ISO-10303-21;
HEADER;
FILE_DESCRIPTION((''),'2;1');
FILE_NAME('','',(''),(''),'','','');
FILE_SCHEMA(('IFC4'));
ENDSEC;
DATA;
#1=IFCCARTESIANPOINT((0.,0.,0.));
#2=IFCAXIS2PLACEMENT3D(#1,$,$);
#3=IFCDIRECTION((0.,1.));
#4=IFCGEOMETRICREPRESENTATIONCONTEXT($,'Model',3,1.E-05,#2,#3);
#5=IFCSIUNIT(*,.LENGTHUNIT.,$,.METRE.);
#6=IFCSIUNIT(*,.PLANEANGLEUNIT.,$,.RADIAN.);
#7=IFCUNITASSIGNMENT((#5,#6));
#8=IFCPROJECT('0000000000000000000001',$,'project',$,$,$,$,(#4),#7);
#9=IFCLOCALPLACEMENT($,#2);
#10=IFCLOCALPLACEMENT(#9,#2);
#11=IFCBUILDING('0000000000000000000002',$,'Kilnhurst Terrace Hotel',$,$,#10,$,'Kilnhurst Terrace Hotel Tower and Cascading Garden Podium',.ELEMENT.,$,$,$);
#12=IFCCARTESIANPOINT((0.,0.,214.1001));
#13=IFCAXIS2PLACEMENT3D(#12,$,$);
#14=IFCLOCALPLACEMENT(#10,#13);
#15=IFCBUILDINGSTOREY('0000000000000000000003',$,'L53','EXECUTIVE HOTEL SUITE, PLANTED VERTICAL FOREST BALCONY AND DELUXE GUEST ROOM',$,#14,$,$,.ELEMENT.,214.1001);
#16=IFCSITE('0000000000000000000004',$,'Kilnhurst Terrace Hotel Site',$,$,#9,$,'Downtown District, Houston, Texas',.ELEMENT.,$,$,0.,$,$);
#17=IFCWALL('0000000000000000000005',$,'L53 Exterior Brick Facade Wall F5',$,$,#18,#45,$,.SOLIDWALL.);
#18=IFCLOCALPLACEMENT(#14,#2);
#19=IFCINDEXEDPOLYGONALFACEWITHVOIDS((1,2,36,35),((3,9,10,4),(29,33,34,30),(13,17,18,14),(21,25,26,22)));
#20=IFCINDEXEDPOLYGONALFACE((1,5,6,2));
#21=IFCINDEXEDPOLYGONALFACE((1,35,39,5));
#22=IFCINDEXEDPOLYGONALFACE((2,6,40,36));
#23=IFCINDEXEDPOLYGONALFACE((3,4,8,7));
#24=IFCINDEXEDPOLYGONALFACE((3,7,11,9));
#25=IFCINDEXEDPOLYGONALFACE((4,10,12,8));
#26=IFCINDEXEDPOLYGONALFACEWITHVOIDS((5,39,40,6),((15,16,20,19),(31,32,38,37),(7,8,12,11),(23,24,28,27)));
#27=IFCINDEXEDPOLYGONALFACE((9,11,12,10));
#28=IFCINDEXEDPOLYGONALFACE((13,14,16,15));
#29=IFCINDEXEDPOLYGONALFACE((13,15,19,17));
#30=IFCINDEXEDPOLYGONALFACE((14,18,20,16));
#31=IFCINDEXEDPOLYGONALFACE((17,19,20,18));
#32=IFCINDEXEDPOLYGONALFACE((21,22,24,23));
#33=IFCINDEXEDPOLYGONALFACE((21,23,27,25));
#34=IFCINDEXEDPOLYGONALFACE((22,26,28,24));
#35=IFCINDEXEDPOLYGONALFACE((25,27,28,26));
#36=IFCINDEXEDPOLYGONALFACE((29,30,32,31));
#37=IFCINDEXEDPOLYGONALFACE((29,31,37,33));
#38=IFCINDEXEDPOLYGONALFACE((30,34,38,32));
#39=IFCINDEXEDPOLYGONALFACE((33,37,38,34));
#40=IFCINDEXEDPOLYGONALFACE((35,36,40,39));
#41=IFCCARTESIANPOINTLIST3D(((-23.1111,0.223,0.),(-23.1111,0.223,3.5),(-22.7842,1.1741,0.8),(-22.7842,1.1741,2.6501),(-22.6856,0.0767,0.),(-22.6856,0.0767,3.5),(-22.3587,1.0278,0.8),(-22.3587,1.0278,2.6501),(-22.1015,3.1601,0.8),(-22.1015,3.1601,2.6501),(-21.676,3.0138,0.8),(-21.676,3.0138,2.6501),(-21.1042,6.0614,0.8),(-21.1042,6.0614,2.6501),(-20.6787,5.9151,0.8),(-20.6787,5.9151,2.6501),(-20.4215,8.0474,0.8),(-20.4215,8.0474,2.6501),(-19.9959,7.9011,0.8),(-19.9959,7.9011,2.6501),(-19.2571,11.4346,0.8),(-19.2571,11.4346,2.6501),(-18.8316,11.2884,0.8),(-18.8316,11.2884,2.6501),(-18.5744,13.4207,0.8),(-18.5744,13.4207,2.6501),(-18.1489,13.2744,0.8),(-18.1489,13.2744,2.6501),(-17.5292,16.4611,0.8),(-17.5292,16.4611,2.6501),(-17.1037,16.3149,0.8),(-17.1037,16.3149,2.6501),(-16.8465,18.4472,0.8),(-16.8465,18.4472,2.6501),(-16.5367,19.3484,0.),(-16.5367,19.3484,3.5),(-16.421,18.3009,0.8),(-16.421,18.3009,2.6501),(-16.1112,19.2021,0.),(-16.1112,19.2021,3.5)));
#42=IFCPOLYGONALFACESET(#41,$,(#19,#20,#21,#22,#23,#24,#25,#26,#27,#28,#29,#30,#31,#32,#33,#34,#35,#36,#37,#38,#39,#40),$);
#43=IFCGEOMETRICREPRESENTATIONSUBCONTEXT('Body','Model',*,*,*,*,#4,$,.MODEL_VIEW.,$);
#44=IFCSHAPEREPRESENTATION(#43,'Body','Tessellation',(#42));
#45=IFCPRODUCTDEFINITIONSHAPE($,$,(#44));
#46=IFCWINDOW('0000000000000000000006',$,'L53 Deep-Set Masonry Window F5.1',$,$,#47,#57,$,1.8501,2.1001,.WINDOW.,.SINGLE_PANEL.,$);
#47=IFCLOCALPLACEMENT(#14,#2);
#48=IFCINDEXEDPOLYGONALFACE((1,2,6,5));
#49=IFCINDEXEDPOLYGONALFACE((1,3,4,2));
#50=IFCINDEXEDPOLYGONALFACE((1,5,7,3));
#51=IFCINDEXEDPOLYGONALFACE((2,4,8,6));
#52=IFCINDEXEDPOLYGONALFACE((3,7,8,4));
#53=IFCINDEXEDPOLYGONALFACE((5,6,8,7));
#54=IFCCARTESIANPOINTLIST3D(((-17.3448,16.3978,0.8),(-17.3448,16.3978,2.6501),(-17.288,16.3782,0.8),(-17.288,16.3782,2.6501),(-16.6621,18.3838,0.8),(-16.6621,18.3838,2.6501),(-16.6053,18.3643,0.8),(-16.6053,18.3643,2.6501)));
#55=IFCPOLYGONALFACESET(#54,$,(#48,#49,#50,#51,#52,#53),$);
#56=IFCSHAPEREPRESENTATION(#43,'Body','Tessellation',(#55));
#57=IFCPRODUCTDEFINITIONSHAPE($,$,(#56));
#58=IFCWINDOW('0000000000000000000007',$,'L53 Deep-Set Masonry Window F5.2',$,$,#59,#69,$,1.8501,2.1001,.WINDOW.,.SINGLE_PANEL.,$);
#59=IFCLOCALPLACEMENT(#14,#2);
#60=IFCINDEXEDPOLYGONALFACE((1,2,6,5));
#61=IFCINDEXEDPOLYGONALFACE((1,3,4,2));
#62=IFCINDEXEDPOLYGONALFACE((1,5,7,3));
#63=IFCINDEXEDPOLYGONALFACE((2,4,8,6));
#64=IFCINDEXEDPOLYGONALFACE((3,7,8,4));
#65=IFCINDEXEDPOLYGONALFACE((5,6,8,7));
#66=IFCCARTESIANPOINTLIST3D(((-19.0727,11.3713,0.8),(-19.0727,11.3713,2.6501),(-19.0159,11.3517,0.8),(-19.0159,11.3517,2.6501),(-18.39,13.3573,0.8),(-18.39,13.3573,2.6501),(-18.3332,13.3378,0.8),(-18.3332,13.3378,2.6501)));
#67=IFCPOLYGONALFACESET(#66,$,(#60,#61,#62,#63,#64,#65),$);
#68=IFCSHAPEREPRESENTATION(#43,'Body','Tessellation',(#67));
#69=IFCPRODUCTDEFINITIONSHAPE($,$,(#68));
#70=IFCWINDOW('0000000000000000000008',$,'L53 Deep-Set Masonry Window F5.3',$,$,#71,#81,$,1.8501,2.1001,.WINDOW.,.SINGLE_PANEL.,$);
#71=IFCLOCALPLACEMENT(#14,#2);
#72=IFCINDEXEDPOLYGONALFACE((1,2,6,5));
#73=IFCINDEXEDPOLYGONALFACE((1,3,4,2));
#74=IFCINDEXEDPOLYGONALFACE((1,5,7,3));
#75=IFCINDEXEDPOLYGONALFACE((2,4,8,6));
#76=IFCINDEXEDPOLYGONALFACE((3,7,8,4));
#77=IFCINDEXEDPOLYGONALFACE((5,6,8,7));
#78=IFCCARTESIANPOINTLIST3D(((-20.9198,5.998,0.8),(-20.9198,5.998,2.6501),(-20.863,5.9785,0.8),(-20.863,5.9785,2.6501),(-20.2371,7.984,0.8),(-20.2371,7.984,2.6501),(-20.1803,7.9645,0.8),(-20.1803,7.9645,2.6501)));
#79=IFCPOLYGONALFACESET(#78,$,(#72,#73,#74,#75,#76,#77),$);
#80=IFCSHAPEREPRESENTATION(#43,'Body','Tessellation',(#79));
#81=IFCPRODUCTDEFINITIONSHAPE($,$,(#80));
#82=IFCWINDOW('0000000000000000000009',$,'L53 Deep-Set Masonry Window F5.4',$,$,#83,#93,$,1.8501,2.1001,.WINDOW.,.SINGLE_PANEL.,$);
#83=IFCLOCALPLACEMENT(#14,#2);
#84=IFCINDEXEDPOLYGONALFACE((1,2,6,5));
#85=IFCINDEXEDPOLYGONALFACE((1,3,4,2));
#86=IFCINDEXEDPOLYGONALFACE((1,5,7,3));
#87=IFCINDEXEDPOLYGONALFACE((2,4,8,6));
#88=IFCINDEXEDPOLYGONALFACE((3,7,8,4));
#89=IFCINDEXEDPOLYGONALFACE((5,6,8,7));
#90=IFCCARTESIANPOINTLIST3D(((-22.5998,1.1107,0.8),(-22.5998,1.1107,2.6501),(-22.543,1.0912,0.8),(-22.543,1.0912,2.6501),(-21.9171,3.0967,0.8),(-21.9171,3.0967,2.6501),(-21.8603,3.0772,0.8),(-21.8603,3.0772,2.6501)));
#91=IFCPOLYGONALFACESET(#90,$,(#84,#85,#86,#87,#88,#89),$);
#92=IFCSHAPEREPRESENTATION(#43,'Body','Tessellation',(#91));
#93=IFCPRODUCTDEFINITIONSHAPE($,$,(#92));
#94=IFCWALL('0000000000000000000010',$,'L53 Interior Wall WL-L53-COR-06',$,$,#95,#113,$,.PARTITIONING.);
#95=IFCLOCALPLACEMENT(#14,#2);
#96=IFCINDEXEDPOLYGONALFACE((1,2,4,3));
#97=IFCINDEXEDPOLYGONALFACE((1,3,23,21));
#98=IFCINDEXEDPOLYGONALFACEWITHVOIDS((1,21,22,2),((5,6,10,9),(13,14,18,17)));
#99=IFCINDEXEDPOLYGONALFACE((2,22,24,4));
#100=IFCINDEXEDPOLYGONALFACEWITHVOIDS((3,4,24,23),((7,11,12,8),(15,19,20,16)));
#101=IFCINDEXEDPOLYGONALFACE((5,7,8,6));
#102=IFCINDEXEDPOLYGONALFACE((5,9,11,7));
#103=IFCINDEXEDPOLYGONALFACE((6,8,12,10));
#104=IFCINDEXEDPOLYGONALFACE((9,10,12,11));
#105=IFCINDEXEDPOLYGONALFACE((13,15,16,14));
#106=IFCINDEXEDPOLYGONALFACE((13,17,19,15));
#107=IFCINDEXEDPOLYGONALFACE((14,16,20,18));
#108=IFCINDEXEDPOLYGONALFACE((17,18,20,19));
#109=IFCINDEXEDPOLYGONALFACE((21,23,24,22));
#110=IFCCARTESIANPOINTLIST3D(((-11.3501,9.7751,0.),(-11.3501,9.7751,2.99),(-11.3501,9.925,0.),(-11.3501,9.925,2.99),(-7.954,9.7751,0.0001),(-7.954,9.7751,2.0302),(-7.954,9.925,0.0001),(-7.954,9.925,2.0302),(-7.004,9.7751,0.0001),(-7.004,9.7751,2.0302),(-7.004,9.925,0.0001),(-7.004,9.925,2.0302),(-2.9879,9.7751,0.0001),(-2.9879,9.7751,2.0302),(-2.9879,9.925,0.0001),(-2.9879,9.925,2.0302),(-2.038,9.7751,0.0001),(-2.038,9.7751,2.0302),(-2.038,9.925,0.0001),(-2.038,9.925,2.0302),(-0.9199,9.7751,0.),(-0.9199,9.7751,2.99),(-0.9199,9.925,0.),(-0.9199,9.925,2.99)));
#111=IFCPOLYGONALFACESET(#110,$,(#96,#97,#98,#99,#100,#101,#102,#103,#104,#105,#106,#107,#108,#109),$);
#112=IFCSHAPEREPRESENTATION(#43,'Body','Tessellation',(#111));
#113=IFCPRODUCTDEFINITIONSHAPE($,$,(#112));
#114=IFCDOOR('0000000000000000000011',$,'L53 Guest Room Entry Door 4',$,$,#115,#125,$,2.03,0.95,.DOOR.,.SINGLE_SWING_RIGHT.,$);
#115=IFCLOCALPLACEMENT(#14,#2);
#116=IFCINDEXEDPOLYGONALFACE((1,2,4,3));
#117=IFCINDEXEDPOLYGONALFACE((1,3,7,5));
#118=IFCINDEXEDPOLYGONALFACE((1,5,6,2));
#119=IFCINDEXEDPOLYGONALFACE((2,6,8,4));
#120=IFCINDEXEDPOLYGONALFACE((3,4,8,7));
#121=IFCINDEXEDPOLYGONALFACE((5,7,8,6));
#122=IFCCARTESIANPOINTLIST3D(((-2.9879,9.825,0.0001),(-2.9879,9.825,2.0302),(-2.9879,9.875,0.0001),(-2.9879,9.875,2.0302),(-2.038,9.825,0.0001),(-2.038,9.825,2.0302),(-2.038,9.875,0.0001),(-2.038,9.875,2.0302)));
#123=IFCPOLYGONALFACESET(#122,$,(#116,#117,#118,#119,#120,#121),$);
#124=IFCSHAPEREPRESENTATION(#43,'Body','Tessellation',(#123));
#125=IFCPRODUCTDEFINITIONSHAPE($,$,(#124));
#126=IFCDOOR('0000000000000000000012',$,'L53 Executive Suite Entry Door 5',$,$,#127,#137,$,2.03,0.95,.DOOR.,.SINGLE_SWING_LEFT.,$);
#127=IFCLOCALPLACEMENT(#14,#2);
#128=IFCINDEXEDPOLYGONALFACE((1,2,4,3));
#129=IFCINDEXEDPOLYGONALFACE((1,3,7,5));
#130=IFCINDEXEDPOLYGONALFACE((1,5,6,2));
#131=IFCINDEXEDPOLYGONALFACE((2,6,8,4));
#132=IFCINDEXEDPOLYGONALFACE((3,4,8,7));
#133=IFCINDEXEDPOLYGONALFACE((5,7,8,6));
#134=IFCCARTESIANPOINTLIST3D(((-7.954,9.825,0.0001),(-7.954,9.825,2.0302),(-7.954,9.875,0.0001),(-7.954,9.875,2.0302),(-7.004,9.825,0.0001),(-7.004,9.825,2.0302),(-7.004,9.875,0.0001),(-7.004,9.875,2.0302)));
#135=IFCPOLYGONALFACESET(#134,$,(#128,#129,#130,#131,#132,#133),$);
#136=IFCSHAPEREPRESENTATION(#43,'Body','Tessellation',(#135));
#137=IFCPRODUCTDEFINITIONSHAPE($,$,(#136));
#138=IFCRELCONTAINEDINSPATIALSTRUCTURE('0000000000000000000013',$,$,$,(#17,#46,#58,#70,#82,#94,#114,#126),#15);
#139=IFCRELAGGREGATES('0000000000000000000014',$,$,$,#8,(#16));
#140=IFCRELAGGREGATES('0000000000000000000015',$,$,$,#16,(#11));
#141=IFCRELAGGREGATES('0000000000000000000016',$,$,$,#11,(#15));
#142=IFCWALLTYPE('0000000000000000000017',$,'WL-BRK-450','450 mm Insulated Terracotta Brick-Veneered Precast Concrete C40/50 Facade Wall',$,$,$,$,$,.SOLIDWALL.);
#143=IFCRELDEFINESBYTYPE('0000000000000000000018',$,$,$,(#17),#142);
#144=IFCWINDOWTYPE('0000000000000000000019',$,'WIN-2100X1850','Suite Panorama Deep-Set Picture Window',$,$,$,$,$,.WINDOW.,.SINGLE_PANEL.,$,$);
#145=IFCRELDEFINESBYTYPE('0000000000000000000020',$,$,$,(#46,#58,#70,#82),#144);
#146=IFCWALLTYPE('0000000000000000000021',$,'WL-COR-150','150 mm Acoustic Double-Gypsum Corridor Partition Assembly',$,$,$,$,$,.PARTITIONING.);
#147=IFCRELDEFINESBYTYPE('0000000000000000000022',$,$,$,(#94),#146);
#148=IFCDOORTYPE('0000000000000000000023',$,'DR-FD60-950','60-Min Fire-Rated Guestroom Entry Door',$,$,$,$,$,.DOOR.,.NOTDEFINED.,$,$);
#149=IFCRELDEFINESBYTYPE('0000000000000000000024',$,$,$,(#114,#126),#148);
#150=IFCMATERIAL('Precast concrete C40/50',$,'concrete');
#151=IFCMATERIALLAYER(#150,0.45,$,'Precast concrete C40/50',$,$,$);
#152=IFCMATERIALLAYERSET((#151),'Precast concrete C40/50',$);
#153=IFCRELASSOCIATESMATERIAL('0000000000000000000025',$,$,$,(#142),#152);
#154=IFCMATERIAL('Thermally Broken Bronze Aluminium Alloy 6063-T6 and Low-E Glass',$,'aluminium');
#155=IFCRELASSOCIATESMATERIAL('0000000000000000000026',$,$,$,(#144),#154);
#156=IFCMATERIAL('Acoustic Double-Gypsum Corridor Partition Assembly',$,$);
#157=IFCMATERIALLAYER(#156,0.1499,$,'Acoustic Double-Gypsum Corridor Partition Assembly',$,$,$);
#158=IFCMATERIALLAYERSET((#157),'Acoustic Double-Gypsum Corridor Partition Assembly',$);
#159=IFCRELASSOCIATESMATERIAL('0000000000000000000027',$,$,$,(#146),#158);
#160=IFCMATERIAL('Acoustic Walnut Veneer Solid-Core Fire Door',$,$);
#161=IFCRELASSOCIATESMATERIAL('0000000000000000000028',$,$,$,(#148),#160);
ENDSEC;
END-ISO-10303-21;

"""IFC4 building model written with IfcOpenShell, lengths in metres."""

from ifc_helpers import new_model, si_unit, direction, frame, frame_2d, origin, place, context, subcontext, project, spatial, rectangle, extrude, material, layer, layer_set, type_object, element, fill, save


model = new_model("IFC4")

# Units and contexts
model_context = context("Model", 3, precision=1e-05, world=origin(), true_north=direction((0.0, 1.0)))
body_context = subcontext(model_context, "Body", "Model", "MODEL_VIEW")
ifc_project = project(units=[si_unit("LENGTHUNIT", "METRE"), si_unit("PLANEANGLEUNIT", "RADIAN")], contexts=[model_context])

# Site, building, storey
site_placement = place(None, origin())
site = spatial("IfcSite", under=ifc_project, at=site_placement, Name="Kilnhurst Terrace Hotel Site", LongName="Downtown District, Houston, Texas", CompositionType="ELEMENT", RefElevation=0.0)
building_placement = place(site_placement, origin())
building = spatial("IfcBuilding", under=site, at=building_placement, Name="Kilnhurst Terrace Hotel", LongName="Kilnhurst Terrace Hotel Tower and Cascading Garden Podium", CompositionType="ELEMENT")
storey_placement = place(building_placement, frame((0.0, 0.0, 214.1001)))
storey = spatial("IfcBuildingStorey", under=building, at=storey_placement, Name="L53", Description="EXECUTIVE HOTEL SUITE, PLANTED VERTICAL FOREST BALCONY AND DELUXE GUEST ROOM", CompositionType="ELEMENT", Elevation=214.1001)

# Shared definitions
ifc_material_1 = material(Name="Precast concrete C40/50", Category="concrete")
ifc_layer_1 = layer(ifc_material_1, 0.45, Name="Precast concrete C40/50")
ifc_layer_set_1 = layer_set([ifc_layer_1], Name="Precast concrete C40/50")
wall_type_1 = type_object("IfcWallType", Name="WL-BRK-450", Description="450 mm Insulated Terracotta Brick-Veneered Precast Concrete C40/50 Facade Wall", PredefinedType="SOLIDWALL", material=ifc_layer_set_1)

# Wall, openings, windows
wall_1_placement = place(storey_placement, frame((-16.324, 19.2751, 0.0), z_axis=(0.0, 0.0, 1.0), x_axis=(-0.325083, -0.945685, 0.0)))
wall_1 = element("IfcWall", 1, at=wall_1_placement, inside=storey, type_object=wall_type_1, Name="L53 Exterior Brick Facade Wall F5", PredefinedType="SOLIDWALL", context=body_context, shape_type="SweptSolid", body=[
    extrude(rectangle(XDim=20.2239, YDim=0.45, at=frame_2d((10.1118, 0.0))), origin(), (0.0, 0.0, 1.0), 3.5),
])
opening_1_placement = place(wall_1_placement, frame((0.9529, 0.0, 0.8)))
opening_1 = element("IfcOpeningElement", 2, at=opening_1_placement, cuts=wall_1, PredefinedType="OPENING", context=body_context, shape_type="SweptSolid", body=[
    extrude(rectangle(XDim=2.1001, YDim=1.8501, at=frame_2d((1.05, 0.925))), frame((0.0, 0.2349, 0.0), z_axis=(0.0, -1.0, 0.0), x_axis=(1.0, 0.0, 0.0)), (0.0, 0.0, 1.0), 0.47),
])
opening_2_placement = place(wall_1_placement, frame((6.2681, 0.0, 0.8)))
opening_2 = element("IfcOpeningElement", 3, at=opening_2_placement, cuts=wall_1, PredefinedType="OPENING", context=body_context, shape_type="SweptSolid", body=[
    extrude(rectangle(XDim=2.1001, YDim=1.8501, at=frame_2d((1.05, 0.925))), frame((0.0, 0.2349, 0.0), z_axis=(0.0, -1.0, 0.0), x_axis=(1.0, 0.0, 0.0)), (0.0, 0.0, 1.0), 0.47),
])
opening_3_placement = place(wall_1_placement, frame((11.95, 0.0, 0.8)))
opening_3 = element("IfcOpeningElement", 4, at=opening_3_placement, cuts=wall_1, PredefinedType="OPENING", context=body_context, shape_type="SweptSolid", body=[
    extrude(rectangle(XDim=2.1001, YDim=1.8501, at=frame_2d((1.05, 0.925))), frame((0.0, 0.2349, 0.0), z_axis=(0.0, -1.0, 0.0), x_axis=(1.0, 0.0, 0.0)), (0.0, 0.0, 1.0), 0.47),
])
opening_4_placement = place(wall_1_placement, frame((17.1179, 0.0, 0.8)))
opening_4 = element("IfcOpeningElement", 5, at=opening_4_placement, cuts=wall_1, PredefinedType="OPENING", context=body_context, shape_type="SweptSolid", body=[
    extrude(rectangle(XDim=2.1001, YDim=1.8501, at=frame_2d((1.05, 0.925))), frame((0.0, 0.2349, 0.0), z_axis=(0.0, -1.0, 0.0), x_axis=(1.0, 0.0, 0.0)), (0.0, 0.0, 1.0), 0.47),
])
ifc_material_2 = material(Name="Thermally Broken Bronze Aluminium Alloy 6063-T6 and Low-E Glass", Category="aluminium")
window_type = type_object("IfcWindowType", Name="WIN-2100X1850", Description="Suite Panorama Deep-Set Picture Window", PartitioningType="SINGLE_PANEL", PredefinedType="WINDOW", material=ifc_material_2)
window_1_placement = place(opening_1_placement, origin())
window_1 = element("IfcWindow", 6, at=window_1_placement, inside=storey, type_object=window_type, Name="L53 Deep-Set Masonry Window F5.1", OverallHeight=1.8501, OverallWidth=2.1001, PartitioningType="SINGLE_PANEL", PredefinedType="WINDOW", context=body_context, shape_type="SweptSolid", body=[
    extrude(rectangle(XDim=2.1001, YDim=1.8501, at=frame_2d((1.05, 0.925))), frame((0.0, 0.03, 0.0), z_axis=(0.0, -1.0, 0.0), x_axis=(1.0, 0.0, 0.0)), (0.0, 0.0, 1.0), 0.0601),
])
fill(opening_1, window_1)
window_2_placement = place(opening_2_placement, origin())
window_2 = element("IfcWindow", 7, at=window_2_placement, inside=storey, type_object=window_type, Name="L53 Deep-Set Masonry Window F5.2", OverallHeight=1.8501, OverallWidth=2.1001, PartitioningType="SINGLE_PANEL", PredefinedType="WINDOW", context=body_context, shape_type="SweptSolid", body=[
    extrude(rectangle(XDim=2.1001, YDim=1.8501, at=frame_2d((1.05, 0.925))), frame((0.0, 0.03, 0.0), z_axis=(0.0, -1.0, 0.0), x_axis=(1.0, 0.0, 0.0)), (0.0, 0.0, 1.0), 0.0601),
])
fill(opening_2, window_2)
window_3_placement = place(opening_3_placement, origin())
window_3 = element("IfcWindow", 8, at=window_3_placement, inside=storey, type_object=window_type, Name="L53 Deep-Set Masonry Window F5.3", OverallHeight=1.8501, OverallWidth=2.1001, PartitioningType="SINGLE_PANEL", PredefinedType="WINDOW", context=body_context, shape_type="SweptSolid", body=[
    extrude(rectangle(XDim=2.1001, YDim=1.8501, at=frame_2d((1.05, 0.925))), frame((0.0, 0.03, 0.0), z_axis=(0.0, -1.0, 0.0), x_axis=(1.0, 0.0, 0.0)), (0.0, 0.0, 1.0), 0.0601),
])
fill(opening_3, window_3)
window_4_placement = place(opening_4_placement, origin())
window_4 = element("IfcWindow", 9, at=window_4_placement, inside=storey, type_object=window_type, Name="L53 Deep-Set Masonry Window F5.4", OverallHeight=1.8501, OverallWidth=2.1001, PartitioningType="SINGLE_PANEL", PredefinedType="WINDOW", context=body_context, shape_type="SweptSolid", body=[
    extrude(rectangle(XDim=2.1001, YDim=1.8501, at=frame_2d((1.05, 0.925))), frame((0.0, 0.03, 0.0), z_axis=(0.0, -1.0, 0.0), x_axis=(1.0, 0.0, 0.0)), (0.0, 0.0, 1.0), 0.0601),
])
fill(opening_4, window_4)

# Wall, openings, doors
ifc_material_3 = material(Name="Acoustic Double-Gypsum Corridor Partition Assembly")
ifc_layer_2 = layer(ifc_material_3, 0.1499, Name="Acoustic Double-Gypsum Corridor Partition Assembly")
ifc_layer_set_2 = layer_set([ifc_layer_2], Name="Acoustic Double-Gypsum Corridor Partition Assembly")
wall_type_2 = type_object("IfcWallType", Name="WL-COR-150", Description="150 mm Acoustic Double-Gypsum Corridor Partition Assembly", PredefinedType="PARTITIONING", material=ifc_layer_set_2)
wall_2_placement = place(storey_placement, frame((-11.3501, 9.8501, 0.0), z_axis=(0.0, 0.0, 1.0), x_axis=(1.0, 0.0, 0.0)))
wall_2 = element("IfcWall", 10, at=wall_2_placement, inside=storey, type_object=wall_type_2, Name="L53 Interior Wall WL-L53-COR-06", PredefinedType="PARTITIONING", context=body_context, shape_type="SweptSolid", body=[
    extrude(rectangle(XDim=10.4302, YDim=0.1499, at=frame_2d((5.2151, 0.0))), origin(), (0.0, 0.0, 1.0), 2.99),
])
opening_5_placement = place(wall_2_placement, frame((8.3621, 0.0, 0.0)))
opening_5 = element("IfcOpeningElement", 11, at=opening_5_placement, cuts=wall_2, PredefinedType="OPENING", context=body_context, shape_type="SweptSolid", body=[
    extrude(rectangle(XDim=0.95, YDim=2.03, at=frame_2d((0.4751, 1.0151))), frame((0.0, 0.085, 0.0), z_axis=(0.0, -1.0, 0.0), x_axis=(1.0, 0.0, 0.0)), (0.0, 0.0, 1.0), 0.1699),
])
opening_6_placement = place(wall_2_placement, frame((3.396, 0.0, 0.0)))
opening_6 = element("IfcOpeningElement", 12, at=opening_6_placement, cuts=wall_2, PredefinedType="OPENING", context=body_context, shape_type="SweptSolid", body=[
    extrude(rectangle(XDim=0.95, YDim=2.03, at=frame_2d((0.4751, 1.0151))), frame((0.0, 0.085, 0.0), z_axis=(0.0, -1.0, 0.0), x_axis=(1.0, 0.0, 0.0)), (0.0, 0.0, 1.0), 0.1699),
])
ifc_material_4 = material(Name="Acoustic Walnut Veneer Solid-Core Fire Door")
door_type_1 = type_object("IfcDoorType", Name="DR-FD60-950", Description="60-Min Fire-Rated Guestroom Entry Door", OperationType="NOTDEFINED", PredefinedType="DOOR", material=ifc_material_4)
door_1_placement = place(opening_5_placement, origin())
door_1 = element("IfcDoor", 13, at=door_1_placement, inside=storey, type_object=door_type_1, Name="L53 Guest Room Entry Door 4", OperationType="SINGLE_SWING_RIGHT", OverallHeight=2.03, OverallWidth=0.95, PredefinedType="DOOR", context=body_context, shape_type="SweptSolid", body=[
    extrude(rectangle(XDim=0.95, YDim=2.03, at=frame_2d((0.4751, 1.0151))), frame((0.0, 0.0249, 0.0), z_axis=(0.0, -1.0, 0.0), x_axis=(1.0, 0.0, 0.0)), (0.0, 0.0, 1.0), 0.05),
])
fill(opening_5, door_1)
door_2_placement = place(opening_6_placement, origin())
door_2 = element("IfcDoor", 14, at=door_2_placement, inside=storey, type_object=door_type_1, Name="L53 Executive Suite Entry Door 5", OperationType="SINGLE_SWING_LEFT", OverallHeight=2.03, OverallWidth=0.95, PredefinedType="DOOR", context=body_context, shape_type="SweptSolid", body=[
    extrude(rectangle(XDim=0.95, YDim=2.03, at=frame_2d((0.4751, 1.0151))), frame((0.0, 0.0249, 0.0), z_axis=(0.0, -1.0, 0.0), x_axis=(1.0, 0.0, 0.0)), (0.0, 0.0, 1.0), 0.05),
])
fill(opening_6, door_2)

save(model, "model.ifc")
